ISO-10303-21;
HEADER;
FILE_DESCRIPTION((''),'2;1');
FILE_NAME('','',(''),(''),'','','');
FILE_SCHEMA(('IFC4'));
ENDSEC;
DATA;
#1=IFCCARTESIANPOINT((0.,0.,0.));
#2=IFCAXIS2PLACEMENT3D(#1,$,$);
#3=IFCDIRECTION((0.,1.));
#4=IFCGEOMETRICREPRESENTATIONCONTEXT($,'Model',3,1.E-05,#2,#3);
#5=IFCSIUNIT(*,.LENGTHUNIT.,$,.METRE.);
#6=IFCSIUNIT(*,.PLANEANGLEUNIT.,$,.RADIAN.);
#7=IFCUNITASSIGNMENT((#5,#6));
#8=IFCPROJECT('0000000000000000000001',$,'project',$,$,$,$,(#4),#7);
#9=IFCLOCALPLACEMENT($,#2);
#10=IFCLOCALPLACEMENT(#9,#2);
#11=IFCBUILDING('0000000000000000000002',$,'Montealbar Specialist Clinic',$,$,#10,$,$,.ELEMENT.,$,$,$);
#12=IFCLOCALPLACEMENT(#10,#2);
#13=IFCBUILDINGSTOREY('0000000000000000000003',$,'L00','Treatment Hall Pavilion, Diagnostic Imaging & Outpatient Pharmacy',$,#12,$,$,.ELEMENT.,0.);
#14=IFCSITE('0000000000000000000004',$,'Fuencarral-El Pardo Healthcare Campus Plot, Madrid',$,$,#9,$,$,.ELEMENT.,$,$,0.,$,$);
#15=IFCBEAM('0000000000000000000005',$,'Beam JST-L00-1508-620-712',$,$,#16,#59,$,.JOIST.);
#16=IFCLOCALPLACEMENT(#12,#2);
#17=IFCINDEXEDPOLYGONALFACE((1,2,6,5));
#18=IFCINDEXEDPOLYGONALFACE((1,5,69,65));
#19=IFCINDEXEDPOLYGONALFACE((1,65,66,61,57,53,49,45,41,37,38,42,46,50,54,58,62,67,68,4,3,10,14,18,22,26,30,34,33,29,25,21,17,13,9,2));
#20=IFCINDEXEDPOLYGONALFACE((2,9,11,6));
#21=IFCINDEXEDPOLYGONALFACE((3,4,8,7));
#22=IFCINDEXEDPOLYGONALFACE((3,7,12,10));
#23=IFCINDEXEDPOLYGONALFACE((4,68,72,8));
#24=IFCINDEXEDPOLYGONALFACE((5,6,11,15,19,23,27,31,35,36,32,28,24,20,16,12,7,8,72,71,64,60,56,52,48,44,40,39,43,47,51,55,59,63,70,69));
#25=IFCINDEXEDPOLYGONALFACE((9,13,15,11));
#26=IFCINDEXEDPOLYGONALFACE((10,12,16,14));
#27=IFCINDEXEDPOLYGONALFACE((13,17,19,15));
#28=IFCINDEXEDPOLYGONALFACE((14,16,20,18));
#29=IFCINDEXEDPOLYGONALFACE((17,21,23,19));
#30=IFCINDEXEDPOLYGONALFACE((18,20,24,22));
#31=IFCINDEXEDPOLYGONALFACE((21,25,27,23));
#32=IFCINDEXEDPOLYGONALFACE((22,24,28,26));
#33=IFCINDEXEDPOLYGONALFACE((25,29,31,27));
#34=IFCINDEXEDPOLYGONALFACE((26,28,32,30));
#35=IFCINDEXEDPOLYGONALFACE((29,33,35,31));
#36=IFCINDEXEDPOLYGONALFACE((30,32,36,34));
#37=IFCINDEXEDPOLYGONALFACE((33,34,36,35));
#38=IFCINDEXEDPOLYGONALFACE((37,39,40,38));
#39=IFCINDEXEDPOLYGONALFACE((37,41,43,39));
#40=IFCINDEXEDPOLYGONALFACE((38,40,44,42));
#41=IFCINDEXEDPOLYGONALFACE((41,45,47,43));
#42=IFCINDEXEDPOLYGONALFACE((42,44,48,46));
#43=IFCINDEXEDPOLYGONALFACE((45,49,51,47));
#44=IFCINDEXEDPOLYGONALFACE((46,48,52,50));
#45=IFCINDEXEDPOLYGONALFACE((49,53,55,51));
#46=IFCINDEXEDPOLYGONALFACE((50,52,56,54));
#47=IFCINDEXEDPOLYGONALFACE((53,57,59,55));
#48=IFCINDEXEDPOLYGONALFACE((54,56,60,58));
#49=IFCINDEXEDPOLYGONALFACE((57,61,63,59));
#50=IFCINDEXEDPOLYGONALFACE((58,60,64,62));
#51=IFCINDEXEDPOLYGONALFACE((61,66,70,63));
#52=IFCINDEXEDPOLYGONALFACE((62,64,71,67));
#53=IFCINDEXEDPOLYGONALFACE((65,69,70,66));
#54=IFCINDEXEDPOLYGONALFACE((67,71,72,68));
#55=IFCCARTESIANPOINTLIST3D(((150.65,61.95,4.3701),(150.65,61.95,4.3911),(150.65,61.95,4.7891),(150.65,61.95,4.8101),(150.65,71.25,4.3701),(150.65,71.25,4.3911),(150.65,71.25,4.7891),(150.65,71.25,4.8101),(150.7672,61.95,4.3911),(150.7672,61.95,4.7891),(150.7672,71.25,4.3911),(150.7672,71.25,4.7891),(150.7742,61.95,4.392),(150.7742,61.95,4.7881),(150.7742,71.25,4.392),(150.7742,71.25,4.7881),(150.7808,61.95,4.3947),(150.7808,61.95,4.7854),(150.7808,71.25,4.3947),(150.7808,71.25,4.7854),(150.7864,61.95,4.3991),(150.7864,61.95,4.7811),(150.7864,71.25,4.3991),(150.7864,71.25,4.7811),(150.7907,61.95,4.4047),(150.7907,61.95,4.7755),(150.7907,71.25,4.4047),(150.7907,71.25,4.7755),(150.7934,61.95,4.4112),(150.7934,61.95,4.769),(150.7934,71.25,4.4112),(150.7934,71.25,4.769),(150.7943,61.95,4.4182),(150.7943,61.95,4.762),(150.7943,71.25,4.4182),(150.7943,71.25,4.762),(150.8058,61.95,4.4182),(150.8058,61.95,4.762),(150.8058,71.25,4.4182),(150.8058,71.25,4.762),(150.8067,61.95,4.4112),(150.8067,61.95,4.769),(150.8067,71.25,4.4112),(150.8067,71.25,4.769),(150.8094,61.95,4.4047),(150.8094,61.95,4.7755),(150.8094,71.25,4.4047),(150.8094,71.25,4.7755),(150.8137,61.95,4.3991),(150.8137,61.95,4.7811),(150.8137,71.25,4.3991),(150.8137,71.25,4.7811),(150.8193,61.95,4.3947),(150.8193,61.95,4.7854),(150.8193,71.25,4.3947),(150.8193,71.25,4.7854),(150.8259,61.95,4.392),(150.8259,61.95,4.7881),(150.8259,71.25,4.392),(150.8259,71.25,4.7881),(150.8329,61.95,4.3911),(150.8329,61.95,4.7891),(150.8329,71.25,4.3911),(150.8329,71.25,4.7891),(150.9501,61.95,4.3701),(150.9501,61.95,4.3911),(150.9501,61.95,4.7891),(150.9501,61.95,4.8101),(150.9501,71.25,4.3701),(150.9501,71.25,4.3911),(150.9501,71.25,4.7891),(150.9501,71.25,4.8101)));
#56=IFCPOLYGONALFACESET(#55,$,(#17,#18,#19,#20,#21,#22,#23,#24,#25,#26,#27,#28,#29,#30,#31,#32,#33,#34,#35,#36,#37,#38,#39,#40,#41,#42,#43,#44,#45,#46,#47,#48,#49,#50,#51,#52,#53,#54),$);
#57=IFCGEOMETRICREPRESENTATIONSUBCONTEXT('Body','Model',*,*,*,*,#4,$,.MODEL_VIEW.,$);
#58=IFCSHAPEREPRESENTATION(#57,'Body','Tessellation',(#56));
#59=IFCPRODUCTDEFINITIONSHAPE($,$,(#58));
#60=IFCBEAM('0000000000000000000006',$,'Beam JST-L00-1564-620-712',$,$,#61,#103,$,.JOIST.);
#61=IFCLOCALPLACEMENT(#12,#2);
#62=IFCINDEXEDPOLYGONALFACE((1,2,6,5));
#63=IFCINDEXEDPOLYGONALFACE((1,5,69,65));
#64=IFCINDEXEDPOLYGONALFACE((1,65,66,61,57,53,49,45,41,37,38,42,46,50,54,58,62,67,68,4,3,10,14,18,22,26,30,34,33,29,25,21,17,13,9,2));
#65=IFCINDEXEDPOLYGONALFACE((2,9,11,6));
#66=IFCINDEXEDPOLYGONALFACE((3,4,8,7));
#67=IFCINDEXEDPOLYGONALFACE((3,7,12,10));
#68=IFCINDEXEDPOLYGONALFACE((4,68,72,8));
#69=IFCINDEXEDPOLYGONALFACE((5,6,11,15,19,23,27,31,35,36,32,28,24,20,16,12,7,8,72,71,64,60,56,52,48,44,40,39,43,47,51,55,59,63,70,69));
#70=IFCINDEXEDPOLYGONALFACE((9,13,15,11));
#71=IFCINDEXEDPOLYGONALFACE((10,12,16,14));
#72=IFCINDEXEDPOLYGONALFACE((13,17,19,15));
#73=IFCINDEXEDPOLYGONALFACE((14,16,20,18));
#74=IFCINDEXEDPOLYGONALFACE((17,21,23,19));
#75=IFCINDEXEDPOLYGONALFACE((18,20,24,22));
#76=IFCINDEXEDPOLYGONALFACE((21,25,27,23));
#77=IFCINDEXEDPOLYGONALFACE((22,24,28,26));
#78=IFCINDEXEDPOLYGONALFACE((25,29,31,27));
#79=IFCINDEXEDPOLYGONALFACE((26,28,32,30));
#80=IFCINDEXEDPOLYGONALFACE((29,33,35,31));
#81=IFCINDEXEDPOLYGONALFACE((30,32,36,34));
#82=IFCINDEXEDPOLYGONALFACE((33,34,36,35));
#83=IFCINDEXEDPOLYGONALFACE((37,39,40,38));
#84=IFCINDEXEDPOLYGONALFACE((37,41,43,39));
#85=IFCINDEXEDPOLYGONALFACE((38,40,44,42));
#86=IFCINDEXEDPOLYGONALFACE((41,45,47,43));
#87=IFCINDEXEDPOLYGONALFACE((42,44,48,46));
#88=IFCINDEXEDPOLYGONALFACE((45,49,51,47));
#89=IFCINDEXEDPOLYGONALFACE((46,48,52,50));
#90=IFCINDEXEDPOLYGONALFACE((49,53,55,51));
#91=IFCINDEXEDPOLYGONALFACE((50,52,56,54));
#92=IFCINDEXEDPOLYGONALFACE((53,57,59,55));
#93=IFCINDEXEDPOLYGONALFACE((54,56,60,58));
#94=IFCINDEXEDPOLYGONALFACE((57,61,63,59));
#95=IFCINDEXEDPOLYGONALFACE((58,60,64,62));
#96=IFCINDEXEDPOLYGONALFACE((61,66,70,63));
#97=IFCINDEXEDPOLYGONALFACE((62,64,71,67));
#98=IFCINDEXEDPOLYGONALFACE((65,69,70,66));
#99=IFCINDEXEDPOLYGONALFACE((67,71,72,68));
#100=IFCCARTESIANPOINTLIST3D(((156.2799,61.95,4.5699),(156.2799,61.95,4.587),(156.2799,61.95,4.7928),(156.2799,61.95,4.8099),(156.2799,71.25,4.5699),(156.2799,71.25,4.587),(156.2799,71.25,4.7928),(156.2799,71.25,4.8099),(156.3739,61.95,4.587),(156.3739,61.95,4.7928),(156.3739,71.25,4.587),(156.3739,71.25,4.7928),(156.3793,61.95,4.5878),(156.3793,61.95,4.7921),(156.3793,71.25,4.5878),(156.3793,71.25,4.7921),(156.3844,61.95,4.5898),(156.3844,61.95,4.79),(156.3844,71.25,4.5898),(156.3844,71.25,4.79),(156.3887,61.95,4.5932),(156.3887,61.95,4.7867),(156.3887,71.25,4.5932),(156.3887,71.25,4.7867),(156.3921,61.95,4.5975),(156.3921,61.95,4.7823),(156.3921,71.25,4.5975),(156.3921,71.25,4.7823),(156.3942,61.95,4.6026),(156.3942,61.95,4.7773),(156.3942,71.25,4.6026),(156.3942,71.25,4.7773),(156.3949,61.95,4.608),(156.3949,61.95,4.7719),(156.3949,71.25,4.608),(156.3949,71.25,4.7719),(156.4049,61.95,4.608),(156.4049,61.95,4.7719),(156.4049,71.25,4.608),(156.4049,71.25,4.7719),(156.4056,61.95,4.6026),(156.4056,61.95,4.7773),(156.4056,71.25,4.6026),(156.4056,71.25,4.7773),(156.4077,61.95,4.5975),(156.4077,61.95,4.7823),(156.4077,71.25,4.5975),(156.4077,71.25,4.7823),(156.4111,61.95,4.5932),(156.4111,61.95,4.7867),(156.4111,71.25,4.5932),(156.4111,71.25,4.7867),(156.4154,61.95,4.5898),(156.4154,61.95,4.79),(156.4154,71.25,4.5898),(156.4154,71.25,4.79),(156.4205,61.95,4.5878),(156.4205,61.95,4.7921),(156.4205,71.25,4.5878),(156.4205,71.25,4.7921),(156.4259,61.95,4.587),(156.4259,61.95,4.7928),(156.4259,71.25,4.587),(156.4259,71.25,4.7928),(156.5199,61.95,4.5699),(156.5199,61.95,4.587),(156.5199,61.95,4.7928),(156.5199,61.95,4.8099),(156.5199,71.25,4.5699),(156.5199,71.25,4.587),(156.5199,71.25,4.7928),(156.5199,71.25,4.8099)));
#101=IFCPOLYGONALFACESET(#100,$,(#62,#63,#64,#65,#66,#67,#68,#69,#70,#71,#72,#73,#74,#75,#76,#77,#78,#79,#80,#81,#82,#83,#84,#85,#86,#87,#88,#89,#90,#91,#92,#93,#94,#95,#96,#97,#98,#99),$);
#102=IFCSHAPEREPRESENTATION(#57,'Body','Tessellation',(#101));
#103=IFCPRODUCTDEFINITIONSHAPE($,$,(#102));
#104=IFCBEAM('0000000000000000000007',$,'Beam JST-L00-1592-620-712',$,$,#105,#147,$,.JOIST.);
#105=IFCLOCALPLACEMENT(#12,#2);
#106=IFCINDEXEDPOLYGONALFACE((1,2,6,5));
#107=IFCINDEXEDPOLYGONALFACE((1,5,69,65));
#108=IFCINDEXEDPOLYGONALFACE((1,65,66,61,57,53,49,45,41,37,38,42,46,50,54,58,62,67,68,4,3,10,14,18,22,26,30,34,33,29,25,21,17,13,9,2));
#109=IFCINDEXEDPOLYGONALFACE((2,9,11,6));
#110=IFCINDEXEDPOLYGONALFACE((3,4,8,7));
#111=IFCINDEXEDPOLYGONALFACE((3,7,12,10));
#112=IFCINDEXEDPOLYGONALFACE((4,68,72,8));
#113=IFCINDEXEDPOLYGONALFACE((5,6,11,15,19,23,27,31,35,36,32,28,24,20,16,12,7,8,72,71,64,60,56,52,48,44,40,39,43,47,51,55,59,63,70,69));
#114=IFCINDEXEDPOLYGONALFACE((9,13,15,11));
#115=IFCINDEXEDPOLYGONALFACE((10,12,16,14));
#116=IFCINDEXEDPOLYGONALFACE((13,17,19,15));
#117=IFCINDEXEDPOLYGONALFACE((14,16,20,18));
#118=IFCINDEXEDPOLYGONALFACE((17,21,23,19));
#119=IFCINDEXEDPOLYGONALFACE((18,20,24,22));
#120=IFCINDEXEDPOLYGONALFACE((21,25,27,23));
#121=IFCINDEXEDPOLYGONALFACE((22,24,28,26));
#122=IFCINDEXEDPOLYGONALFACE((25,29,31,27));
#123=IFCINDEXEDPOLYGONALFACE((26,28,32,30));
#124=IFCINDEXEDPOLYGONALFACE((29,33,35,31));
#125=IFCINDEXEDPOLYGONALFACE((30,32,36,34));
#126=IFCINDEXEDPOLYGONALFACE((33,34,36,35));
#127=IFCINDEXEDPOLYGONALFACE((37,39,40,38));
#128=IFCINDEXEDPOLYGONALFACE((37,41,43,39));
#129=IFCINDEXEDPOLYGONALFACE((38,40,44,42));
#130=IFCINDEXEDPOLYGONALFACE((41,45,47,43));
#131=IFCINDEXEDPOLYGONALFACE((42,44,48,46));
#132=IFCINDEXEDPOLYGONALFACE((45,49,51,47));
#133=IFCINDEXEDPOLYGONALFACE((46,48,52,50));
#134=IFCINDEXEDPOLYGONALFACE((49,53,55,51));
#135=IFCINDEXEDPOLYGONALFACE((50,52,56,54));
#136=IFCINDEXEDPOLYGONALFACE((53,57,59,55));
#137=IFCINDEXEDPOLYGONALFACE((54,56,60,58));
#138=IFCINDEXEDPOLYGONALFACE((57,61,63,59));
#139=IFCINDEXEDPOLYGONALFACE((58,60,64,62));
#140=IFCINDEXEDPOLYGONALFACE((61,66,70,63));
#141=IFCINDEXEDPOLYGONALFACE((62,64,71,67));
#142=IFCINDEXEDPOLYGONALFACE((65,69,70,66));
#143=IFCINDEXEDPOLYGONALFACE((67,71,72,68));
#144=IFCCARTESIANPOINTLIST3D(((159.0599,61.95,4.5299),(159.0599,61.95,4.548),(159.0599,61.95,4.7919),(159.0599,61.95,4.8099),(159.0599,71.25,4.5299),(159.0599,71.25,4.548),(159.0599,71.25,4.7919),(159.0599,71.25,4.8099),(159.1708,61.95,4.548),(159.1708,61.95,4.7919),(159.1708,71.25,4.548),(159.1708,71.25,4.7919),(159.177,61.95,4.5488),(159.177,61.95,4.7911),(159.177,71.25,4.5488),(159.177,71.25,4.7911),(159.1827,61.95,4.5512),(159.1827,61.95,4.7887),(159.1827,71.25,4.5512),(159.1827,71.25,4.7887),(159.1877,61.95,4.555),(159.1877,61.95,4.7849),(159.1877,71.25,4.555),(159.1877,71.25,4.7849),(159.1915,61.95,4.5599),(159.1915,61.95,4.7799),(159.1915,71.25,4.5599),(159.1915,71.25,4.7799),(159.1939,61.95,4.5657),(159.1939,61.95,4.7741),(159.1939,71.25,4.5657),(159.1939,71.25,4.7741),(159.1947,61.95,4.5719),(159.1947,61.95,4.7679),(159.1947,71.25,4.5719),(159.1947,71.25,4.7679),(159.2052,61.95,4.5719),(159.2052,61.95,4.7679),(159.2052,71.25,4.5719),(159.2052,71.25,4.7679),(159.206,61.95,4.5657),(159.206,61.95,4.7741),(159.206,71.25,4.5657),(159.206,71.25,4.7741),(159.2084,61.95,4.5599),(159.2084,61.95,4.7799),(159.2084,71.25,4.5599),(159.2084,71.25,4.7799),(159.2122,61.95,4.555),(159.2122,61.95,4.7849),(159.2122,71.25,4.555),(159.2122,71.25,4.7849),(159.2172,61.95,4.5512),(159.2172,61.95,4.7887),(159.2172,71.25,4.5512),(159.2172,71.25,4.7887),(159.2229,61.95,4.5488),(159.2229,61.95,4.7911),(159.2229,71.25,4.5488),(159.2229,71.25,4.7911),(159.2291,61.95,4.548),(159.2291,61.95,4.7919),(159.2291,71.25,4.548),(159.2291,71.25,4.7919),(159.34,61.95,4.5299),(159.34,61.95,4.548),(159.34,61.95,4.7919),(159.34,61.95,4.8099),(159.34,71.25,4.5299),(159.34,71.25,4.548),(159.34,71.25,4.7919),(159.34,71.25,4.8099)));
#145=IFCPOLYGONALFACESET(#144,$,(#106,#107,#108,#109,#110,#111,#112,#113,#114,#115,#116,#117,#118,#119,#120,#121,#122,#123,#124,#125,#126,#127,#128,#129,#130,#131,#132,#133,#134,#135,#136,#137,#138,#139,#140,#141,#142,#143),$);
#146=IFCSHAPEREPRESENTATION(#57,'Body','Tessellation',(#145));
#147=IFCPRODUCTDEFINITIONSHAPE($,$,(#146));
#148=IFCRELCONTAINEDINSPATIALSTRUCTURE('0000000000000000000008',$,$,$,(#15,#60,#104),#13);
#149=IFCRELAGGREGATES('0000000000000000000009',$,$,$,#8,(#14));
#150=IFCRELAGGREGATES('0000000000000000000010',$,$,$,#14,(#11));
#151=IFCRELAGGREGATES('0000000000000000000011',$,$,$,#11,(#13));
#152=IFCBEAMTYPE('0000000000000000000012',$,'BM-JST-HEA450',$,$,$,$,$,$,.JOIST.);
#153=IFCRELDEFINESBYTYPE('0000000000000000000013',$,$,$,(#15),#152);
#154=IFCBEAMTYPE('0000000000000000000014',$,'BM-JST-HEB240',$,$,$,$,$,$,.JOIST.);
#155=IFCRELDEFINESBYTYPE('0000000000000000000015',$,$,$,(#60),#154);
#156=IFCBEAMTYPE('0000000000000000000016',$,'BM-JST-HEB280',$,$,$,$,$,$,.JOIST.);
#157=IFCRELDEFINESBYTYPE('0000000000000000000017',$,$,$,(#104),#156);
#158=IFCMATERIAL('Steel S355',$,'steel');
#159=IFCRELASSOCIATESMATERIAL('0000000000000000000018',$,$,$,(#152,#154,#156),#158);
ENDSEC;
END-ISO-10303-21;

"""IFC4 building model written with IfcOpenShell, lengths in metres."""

from ifc_helpers import new_model, si_unit, direction, frame, origin, origin_2d, place, context, subcontext, project, spatial, i_section, extrude, material, material_profile, profile_set, type_object, element, save


model = new_model("IFC4")

# Units and contexts
model_context = context("Model", 3, precision=1e-05, world=origin(), true_north=direction((0.0, 1.0)))
body_context = subcontext(model_context, "Body", "Model", "MODEL_VIEW")
ifc_project = project(units=[si_unit("LENGTHUNIT", "METRE"), si_unit("PLANEANGLEUNIT", "RADIAN")], contexts=[model_context])

# Site, building, storey
site_placement = place(None, origin())
site = spatial("IfcSite", under=ifc_project, at=site_placement, Name="Fuencarral-El Pardo Healthcare Campus Plot, Madrid", CompositionType="ELEMENT", RefElevation=0.0)
building_placement = place(site_placement, origin())
building = spatial("IfcBuilding", under=site, at=building_placement, Name="Montealbar Specialist Clinic", CompositionType="ELEMENT")
storey_placement = place(building_placement, origin())
storey = spatial("IfcBuildingStorey", under=building, at=storey_placement, Name="L00", Description="Treatment Hall Pavilion, Diagnostic Imaging & Outpatient Pharmacy", CompositionType="ELEMENT", Elevation=0.0)

# Shared definitions
ifc_material_1 = material(Name="Steel S355", Category="steel")

# Beams
ifc_material_profile_1 = material_profile(ifc_material_1, i_section(OverallWidth=0.3, OverallDepth=0.4399, WebThickness=0.0115, FlangeThickness=0.021, FilletRadius=0.0271, at=origin_2d()), Name="HEA 450", Category="steel")
ifc_profile_set_1 = profile_set([ifc_material_profile_1], Name="Steel S355")
beam_type_1 = type_object("IfcBeamType", Name="BM-JST-HEA450", PredefinedType="JOIST", material=ifc_profile_set_1)
beam_1_placement = place(storey_placement, frame((150.8, 61.95, 4.5901), z_axis=(0.0, 1.0, 0.0), x_axis=(-1.0, 0.0, 0.0)))
element("IfcBeam", 1, at=beam_1_placement, inside=storey, type_object=beam_type_1, Name="Beam JST-L00-1508-620-712", PredefinedType="JOIST", context=body_context, shape_type="SweptSolid", body=[
    extrude(i_section(OverallWidth=0.3, OverallDepth=0.4399, WebThickness=0.0115, FlangeThickness=0.021, FilletRadius=0.0271, at=origin_2d()), origin(), (0.0, 0.0, 1.0), 9.3),
])
ifc_material_profile_2 = material_profile(ifc_material_1, i_section(OverallWidth=0.24, OverallDepth=0.24, WebThickness=0.01, FlangeThickness=0.0171, FilletRadius=0.021, at=origin_2d()), Name="HEB 240", Category="steel")
ifc_profile_set_2 = profile_set([ifc_material_profile_2], Name="Steel S355")
beam_type_2 = type_object("IfcBeamType", Name="BM-JST-HEB240", PredefinedType="JOIST", material=ifc_profile_set_2)
beam_2_placement = place(storey_placement, frame((156.3999, 61.95, 4.6899), z_axis=(0.0, 1.0, 0.0), x_axis=(-1.0, 0.0, 0.0)))
element("IfcBeam", 2, at=beam_2_placement, inside=storey, type_object=beam_type_2, Name="Beam JST-L00-1564-620-712", PredefinedType="JOIST", context=body_context, shape_type="SweptSolid", body=[
    extrude(i_section(OverallWidth=0.24, OverallDepth=0.24, WebThickness=0.01, FlangeThickness=0.0171, FilletRadius=0.021, at=origin_2d()), origin(), (0.0, 0.0, 1.0), 9.3),
])
ifc_material_profile_3 = material_profile(ifc_material_1, i_section(OverallWidth=0.28, OverallDepth=0.28, WebThickness=0.0105, FlangeThickness=0.0181, FilletRadius=0.0239, at=origin_2d()), Name="HEB 280", Category="steel")
ifc_profile_set_3 = profile_set([ifc_material_profile_3], Name="Steel S355")
beam_type_3 = type_object("IfcBeamType", Name="BM-JST-HEB280", PredefinedType="JOIST", material=ifc_profile_set_3)
beam_3_placement = place(storey_placement, frame((159.2, 61.95, 4.6699), z_axis=(0.0, 1.0, 0.0), x_axis=(-1.0, 0.0, 0.0)))
element("IfcBeam", 3, at=beam_3_placement, inside=storey, type_object=beam_type_3, Name="Beam JST-L00-1592-620-712", PredefinedType="JOIST", context=body_context, shape_type="SweptSolid", body=[
    extrude(i_section(OverallWidth=0.28, OverallDepth=0.28, WebThickness=0.0105, FlangeThickness=0.0181, FilletRadius=0.0239, at=origin_2d()), origin(), (0.0, 0.0, 1.0), 9.3),
])

save(model, "model.ifc")
